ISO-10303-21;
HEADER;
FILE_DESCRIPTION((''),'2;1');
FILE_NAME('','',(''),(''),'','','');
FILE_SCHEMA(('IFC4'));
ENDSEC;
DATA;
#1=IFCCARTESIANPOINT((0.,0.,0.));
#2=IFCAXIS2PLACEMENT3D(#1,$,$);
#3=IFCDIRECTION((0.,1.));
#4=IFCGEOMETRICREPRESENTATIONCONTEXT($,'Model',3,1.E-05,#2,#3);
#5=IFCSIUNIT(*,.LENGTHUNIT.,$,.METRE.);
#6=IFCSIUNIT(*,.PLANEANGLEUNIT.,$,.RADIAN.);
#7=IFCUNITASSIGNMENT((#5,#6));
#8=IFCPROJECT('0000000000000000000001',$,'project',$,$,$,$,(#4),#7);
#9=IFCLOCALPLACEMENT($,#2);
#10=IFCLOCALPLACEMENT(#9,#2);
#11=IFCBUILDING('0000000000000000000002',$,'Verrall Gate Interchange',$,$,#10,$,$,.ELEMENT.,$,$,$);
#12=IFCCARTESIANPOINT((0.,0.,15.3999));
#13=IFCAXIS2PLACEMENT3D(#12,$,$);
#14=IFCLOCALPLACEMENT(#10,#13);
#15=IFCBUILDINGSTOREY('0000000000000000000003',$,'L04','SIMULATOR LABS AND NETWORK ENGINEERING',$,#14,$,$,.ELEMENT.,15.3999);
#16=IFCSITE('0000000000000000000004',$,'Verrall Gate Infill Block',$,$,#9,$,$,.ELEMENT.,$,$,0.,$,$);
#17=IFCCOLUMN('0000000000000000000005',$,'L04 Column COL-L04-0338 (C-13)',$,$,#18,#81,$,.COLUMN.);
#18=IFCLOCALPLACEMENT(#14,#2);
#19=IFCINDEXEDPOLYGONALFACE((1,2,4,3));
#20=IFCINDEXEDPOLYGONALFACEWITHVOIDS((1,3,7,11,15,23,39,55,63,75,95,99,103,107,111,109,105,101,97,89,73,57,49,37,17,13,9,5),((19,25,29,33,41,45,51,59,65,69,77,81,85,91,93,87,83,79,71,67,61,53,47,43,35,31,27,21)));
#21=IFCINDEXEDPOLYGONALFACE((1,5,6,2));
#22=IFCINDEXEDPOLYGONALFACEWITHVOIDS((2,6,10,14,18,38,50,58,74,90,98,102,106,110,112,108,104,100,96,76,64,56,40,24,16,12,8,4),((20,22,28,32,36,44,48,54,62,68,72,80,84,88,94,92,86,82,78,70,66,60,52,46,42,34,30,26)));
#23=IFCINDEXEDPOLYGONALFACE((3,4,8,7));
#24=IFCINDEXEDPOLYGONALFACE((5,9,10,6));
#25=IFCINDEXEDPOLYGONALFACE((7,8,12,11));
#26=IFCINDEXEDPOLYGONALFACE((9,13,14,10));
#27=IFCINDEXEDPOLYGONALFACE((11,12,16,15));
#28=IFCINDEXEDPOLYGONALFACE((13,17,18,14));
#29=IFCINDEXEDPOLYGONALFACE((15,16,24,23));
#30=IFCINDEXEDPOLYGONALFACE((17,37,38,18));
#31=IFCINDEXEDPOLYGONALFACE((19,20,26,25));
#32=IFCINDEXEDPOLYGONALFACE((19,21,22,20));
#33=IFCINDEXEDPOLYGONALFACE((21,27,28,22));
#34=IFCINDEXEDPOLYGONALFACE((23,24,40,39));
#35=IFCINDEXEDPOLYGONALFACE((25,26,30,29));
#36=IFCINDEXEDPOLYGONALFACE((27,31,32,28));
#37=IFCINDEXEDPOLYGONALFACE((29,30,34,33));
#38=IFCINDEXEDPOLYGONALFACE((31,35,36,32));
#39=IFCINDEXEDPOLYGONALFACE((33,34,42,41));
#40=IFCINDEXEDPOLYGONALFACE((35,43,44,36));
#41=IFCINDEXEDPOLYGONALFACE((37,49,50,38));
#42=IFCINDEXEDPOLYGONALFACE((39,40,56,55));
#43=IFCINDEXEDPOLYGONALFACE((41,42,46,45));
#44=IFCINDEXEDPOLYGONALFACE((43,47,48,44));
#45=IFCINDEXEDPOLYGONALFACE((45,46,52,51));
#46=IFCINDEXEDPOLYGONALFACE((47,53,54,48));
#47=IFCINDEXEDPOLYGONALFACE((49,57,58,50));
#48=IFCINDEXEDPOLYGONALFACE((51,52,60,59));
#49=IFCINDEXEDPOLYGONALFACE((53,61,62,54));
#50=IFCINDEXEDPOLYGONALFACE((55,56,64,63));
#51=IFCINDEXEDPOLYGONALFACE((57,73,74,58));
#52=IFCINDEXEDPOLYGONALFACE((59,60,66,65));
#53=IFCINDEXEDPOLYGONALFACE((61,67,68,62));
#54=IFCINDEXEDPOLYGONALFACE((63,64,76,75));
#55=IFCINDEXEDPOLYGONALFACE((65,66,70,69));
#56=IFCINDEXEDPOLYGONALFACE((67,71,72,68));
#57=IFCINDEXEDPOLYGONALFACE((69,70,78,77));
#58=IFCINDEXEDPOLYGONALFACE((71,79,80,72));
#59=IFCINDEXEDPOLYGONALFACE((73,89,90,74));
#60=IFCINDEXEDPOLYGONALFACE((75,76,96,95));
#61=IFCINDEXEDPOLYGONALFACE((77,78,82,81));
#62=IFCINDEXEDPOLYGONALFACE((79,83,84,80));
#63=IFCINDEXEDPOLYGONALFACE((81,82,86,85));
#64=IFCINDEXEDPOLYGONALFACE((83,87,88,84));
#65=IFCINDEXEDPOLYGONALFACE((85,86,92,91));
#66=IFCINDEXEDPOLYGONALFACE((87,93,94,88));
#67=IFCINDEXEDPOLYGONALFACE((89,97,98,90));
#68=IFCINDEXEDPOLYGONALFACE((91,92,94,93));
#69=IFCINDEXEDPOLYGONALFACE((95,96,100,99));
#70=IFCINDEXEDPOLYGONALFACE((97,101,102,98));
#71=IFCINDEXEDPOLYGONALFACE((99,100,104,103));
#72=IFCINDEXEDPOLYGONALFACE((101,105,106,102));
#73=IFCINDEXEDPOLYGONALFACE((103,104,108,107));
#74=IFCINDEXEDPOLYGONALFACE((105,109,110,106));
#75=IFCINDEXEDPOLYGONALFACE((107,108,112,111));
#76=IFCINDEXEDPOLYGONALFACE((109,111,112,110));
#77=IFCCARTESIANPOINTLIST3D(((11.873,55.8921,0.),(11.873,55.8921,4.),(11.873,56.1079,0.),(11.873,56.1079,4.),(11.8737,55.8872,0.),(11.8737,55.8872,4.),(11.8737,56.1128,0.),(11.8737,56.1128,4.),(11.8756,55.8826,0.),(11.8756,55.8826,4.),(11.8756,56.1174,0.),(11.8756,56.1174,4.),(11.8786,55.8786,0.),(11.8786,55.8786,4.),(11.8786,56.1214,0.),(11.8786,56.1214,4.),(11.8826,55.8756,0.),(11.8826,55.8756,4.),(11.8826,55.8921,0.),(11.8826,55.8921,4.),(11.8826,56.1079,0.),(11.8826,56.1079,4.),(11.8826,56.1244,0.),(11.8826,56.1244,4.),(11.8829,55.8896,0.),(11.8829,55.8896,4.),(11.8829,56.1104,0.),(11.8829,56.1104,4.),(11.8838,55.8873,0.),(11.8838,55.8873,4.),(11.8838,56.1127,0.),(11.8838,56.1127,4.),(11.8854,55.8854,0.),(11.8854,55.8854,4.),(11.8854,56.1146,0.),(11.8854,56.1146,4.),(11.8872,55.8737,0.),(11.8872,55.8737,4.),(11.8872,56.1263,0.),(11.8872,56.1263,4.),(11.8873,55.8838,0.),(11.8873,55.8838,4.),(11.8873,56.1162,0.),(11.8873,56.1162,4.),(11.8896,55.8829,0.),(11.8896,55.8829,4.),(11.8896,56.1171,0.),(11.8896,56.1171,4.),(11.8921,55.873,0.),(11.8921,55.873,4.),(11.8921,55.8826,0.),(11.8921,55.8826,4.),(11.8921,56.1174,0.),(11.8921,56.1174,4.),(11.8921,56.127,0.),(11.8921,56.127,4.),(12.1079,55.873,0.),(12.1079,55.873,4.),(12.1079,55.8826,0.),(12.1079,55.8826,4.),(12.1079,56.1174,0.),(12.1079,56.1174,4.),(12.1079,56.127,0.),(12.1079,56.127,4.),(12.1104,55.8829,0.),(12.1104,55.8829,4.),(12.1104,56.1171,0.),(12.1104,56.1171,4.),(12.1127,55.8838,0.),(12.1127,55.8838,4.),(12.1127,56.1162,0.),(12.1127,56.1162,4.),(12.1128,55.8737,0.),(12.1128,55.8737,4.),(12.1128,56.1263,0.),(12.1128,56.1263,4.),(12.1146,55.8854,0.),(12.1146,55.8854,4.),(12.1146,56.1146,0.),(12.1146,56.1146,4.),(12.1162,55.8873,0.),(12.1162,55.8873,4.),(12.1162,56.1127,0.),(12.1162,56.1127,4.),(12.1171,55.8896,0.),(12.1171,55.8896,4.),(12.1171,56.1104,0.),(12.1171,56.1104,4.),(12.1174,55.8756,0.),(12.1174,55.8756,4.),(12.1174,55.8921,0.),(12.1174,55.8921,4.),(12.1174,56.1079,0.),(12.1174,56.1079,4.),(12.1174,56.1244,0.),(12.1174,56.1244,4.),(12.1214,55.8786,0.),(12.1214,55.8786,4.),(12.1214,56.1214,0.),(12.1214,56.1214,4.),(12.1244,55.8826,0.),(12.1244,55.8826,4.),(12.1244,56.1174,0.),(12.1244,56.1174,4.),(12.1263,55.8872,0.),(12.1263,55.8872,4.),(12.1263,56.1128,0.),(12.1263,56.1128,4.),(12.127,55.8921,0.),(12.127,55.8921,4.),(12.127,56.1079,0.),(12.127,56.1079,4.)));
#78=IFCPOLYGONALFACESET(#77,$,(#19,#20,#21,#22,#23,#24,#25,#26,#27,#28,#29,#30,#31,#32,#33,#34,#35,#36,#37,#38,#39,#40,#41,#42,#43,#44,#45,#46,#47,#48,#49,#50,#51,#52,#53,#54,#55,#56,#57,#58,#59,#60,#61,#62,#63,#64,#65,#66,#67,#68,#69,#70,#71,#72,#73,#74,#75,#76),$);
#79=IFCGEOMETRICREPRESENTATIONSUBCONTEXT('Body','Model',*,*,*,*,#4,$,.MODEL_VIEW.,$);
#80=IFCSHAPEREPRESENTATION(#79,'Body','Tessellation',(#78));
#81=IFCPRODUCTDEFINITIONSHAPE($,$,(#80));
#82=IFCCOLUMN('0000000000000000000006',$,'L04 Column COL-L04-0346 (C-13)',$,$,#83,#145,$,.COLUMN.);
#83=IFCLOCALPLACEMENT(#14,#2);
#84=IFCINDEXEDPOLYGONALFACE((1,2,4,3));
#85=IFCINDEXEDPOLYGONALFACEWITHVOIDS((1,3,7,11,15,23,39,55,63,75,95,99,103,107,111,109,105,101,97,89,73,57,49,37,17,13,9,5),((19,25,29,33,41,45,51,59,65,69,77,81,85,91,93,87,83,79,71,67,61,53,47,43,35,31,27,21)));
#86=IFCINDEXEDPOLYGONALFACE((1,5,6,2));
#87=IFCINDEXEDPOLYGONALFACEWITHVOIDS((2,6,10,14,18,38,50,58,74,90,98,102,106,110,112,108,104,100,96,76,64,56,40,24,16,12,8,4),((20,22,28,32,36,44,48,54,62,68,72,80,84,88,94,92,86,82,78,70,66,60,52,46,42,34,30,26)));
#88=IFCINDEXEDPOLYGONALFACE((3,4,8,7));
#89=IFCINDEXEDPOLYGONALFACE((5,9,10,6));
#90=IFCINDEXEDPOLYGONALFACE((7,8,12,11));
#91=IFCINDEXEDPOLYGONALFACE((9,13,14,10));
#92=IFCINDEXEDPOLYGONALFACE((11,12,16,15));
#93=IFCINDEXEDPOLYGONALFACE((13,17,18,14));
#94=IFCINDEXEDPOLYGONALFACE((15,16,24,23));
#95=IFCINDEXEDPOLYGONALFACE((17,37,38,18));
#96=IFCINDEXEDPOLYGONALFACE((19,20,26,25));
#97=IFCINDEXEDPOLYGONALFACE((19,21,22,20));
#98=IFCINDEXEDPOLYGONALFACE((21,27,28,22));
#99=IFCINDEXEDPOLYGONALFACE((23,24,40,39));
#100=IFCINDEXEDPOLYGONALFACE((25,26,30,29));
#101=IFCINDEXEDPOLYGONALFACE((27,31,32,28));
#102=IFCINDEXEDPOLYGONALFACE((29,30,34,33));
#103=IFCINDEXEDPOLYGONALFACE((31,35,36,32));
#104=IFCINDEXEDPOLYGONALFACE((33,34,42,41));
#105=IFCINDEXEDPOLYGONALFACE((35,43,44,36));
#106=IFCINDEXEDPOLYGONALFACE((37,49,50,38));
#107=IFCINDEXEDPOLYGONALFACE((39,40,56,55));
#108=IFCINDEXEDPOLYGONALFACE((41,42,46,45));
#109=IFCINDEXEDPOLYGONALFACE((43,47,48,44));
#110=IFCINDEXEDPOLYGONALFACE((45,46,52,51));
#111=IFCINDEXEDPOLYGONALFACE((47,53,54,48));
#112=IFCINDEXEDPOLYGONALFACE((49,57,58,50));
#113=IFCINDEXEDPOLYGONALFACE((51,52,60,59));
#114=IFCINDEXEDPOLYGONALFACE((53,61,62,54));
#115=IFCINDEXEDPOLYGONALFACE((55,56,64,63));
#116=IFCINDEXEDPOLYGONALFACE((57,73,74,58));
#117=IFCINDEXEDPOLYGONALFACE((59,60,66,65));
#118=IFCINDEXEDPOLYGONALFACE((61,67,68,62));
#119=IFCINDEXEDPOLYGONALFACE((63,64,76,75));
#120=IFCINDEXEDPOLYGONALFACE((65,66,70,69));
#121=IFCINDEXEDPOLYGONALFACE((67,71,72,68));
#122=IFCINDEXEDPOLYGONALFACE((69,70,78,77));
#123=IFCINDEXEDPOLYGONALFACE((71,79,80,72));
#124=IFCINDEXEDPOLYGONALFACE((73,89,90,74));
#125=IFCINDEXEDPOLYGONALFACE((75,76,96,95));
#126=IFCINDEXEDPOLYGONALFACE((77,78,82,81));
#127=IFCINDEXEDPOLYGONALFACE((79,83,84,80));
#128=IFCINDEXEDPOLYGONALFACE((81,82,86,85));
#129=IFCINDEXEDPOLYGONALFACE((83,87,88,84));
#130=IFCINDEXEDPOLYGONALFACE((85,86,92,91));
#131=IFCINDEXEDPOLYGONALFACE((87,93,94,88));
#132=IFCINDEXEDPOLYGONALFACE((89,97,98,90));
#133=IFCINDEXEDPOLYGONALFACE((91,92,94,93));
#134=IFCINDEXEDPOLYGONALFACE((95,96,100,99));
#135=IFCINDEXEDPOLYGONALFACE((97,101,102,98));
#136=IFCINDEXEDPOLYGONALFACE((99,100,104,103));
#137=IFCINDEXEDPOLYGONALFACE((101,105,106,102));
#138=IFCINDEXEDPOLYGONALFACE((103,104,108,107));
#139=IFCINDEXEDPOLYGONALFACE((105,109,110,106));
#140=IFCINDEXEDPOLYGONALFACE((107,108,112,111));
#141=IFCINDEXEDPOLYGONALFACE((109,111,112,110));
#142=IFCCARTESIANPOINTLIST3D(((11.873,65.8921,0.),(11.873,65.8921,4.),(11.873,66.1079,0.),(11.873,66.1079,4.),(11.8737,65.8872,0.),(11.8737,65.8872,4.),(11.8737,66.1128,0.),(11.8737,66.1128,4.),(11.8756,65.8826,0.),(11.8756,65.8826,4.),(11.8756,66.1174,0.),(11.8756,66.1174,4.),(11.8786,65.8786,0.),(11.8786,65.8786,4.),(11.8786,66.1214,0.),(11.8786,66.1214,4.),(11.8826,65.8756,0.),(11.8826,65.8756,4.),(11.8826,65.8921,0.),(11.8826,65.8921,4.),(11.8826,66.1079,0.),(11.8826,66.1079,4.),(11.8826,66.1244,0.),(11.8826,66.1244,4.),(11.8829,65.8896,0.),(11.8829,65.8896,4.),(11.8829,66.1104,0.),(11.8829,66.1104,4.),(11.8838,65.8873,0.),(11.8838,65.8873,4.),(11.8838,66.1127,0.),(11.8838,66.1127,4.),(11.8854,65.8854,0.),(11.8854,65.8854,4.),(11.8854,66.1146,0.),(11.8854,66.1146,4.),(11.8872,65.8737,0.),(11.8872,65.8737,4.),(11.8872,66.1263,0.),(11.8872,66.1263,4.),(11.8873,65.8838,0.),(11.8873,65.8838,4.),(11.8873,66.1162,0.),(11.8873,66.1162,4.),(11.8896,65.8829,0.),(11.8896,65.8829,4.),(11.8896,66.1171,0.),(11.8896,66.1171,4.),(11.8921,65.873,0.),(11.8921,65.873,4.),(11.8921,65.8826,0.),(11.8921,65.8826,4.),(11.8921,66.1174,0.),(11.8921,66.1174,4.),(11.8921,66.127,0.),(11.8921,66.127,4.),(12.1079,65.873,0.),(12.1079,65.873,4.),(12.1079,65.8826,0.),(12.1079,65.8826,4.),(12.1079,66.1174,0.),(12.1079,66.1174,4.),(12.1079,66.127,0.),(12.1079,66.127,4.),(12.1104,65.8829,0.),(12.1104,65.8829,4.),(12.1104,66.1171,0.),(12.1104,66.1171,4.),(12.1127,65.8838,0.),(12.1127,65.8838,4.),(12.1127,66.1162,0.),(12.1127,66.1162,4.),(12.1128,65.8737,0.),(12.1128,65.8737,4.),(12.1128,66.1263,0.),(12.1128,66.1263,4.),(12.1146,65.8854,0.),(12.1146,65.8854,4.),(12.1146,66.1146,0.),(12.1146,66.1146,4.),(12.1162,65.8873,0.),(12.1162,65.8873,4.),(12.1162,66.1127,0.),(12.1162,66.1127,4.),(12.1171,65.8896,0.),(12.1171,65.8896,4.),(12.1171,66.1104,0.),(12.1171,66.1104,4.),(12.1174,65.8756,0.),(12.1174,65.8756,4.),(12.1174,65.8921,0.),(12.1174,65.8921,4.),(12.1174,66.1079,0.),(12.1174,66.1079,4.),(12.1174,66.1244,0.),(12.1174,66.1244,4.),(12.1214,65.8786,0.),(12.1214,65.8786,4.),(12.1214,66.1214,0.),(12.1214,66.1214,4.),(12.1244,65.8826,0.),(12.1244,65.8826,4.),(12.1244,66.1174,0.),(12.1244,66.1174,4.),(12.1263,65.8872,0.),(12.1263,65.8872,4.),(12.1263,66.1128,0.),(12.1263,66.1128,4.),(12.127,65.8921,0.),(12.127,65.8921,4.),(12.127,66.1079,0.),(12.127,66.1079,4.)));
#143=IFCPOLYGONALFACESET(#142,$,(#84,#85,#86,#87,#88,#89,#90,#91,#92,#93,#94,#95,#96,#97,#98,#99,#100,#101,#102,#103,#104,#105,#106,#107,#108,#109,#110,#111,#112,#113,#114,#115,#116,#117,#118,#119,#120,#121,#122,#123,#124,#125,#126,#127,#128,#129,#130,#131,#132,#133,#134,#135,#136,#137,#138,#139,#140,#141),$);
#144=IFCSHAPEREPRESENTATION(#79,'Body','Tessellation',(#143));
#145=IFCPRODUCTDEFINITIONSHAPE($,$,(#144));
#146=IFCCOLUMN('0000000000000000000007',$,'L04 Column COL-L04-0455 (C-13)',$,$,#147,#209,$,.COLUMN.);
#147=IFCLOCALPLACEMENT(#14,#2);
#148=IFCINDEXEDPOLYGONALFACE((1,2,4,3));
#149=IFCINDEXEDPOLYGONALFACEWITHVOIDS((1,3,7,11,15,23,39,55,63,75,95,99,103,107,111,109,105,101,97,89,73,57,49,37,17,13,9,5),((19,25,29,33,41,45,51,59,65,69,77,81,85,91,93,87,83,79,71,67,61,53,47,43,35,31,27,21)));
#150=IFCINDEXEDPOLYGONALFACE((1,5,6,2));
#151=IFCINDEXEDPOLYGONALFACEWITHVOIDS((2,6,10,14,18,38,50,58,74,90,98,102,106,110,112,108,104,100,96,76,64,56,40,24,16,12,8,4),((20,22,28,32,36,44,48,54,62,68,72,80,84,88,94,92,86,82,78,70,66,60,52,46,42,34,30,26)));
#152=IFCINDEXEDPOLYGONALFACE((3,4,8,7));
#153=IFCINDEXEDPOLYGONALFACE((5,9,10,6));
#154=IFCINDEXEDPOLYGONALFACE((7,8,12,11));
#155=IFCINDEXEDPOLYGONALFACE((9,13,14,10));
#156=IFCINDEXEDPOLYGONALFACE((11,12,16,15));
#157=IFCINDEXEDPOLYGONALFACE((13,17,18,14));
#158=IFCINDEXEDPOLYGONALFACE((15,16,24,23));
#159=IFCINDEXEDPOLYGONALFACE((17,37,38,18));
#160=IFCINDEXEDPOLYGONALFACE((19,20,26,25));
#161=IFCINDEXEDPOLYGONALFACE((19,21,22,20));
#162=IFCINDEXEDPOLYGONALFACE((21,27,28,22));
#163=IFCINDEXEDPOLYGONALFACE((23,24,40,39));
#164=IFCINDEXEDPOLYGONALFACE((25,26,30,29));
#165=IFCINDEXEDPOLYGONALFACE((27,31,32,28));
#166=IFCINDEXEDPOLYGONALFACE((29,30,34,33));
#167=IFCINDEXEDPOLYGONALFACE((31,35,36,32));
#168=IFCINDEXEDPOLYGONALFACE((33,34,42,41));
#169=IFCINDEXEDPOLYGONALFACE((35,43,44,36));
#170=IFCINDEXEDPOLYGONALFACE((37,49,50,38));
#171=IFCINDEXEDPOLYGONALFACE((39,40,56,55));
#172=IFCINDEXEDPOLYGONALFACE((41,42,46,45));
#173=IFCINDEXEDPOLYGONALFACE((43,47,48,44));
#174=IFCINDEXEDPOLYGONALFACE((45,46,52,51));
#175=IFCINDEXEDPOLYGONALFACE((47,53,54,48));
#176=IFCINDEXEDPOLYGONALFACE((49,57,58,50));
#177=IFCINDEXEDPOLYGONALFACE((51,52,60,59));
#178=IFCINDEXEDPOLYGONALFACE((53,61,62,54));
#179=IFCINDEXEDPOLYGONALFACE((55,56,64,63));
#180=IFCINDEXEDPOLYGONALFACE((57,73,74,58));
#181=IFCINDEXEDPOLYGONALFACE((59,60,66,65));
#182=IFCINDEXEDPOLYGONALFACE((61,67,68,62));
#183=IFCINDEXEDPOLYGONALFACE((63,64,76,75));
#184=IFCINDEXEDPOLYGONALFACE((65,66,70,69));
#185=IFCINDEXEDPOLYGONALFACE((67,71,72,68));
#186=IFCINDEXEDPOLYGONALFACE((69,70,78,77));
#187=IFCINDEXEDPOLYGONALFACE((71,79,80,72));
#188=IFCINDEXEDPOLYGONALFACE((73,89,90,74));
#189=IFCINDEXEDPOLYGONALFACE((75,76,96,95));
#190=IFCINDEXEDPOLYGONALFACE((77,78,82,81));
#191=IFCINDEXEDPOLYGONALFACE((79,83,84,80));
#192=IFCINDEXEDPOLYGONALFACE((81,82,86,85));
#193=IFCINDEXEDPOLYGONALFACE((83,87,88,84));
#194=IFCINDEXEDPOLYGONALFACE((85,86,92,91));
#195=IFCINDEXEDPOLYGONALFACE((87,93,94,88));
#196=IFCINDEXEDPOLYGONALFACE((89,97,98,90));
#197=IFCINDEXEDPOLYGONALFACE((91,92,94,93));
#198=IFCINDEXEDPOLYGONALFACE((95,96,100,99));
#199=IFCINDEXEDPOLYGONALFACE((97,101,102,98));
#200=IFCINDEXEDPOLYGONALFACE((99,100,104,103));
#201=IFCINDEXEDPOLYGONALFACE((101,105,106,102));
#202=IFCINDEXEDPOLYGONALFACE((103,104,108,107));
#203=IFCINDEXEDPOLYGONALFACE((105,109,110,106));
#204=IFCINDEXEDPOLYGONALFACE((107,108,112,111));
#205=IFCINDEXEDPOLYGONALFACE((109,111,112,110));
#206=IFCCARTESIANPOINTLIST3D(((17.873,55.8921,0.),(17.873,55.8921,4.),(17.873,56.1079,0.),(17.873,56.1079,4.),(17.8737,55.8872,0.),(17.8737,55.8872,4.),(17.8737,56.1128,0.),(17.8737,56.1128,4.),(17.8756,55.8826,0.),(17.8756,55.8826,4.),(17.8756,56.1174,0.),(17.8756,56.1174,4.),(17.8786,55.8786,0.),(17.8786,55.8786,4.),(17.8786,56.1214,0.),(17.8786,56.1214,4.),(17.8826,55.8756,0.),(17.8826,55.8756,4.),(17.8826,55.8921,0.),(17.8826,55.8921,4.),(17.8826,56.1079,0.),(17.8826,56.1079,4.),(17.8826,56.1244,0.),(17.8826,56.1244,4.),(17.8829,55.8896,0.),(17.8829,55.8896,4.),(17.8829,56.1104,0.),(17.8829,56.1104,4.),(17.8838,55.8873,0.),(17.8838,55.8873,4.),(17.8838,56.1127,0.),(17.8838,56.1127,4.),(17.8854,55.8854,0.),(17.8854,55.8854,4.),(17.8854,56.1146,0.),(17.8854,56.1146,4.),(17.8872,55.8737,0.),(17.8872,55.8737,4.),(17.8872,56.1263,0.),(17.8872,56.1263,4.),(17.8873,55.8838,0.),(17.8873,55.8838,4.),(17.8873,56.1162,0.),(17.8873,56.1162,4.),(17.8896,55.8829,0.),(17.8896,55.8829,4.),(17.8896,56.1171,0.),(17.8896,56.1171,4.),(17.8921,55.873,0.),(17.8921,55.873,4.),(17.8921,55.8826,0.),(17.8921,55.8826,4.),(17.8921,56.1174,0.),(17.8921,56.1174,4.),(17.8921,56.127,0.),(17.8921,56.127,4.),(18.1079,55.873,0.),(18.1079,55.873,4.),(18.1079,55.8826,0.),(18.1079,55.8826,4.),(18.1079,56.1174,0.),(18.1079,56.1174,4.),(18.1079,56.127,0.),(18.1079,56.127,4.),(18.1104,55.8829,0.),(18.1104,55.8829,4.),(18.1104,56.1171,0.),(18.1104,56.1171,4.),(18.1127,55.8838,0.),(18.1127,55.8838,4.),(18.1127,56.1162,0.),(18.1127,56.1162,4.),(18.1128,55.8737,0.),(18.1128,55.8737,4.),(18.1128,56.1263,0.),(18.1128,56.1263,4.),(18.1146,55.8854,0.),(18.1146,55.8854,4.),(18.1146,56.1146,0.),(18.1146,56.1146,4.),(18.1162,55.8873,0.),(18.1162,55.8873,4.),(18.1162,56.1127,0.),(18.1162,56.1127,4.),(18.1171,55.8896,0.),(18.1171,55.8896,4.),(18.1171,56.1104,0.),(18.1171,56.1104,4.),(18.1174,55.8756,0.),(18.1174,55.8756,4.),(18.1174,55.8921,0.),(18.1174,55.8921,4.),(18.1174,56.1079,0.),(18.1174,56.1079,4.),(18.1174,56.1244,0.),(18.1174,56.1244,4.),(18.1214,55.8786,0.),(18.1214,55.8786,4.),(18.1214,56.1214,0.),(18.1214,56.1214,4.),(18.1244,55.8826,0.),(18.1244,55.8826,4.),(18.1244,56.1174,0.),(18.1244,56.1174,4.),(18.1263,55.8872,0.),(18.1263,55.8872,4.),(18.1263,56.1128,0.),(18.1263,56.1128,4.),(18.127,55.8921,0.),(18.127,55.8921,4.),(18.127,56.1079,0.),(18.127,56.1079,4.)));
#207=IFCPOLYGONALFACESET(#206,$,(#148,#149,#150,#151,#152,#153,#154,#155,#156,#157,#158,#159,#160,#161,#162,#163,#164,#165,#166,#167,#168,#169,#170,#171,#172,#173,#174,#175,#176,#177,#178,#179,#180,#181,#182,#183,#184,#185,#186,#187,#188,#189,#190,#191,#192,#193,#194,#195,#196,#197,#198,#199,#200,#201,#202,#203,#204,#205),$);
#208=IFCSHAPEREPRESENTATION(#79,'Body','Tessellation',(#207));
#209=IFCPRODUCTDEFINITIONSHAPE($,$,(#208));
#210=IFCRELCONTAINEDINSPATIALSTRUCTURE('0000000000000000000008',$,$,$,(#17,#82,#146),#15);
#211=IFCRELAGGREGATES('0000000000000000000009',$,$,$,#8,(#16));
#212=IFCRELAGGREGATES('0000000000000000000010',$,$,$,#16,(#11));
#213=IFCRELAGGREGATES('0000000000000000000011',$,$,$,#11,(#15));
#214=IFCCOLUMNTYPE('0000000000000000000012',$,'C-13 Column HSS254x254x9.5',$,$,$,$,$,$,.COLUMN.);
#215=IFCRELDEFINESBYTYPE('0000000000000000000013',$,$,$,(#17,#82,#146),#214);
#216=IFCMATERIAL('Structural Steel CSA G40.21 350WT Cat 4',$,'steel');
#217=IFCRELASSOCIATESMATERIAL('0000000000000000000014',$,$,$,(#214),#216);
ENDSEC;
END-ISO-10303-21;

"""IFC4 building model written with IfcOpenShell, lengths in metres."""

from ifc_helpers import new_model, si_unit, direction, frame, origin, origin_2d, place, context, subcontext, project, spatial, hollow_rectangle, extrude, material, material_profile, profile_set, type_object, element, save


model = new_model("IFC4")

# Units and contexts
model_context = context("Model", 3, precision=1e-05, world=origin(), true_north=direction((0.0, 1.0)))
body_context = subcontext(model_context, "Body", "Model", "MODEL_VIEW")
ifc_project = project(units=[si_unit("LENGTHUNIT", "METRE"), si_unit("PLANEANGLEUNIT", "RADIAN")], contexts=[model_context])

# Site, building, storey
site_placement = place(None, origin())
site = spatial("IfcSite", under=ifc_project, at=site_placement, Name="Verrall Gate Infill Block", CompositionType="ELEMENT", RefElevation=0.0)
building_placement = place(site_placement, origin())
building = spatial("IfcBuilding", under=site, at=building_placement, Name="Verrall Gate Interchange", CompositionType="ELEMENT")
storey_placement = place(building_placement, frame((0.0, 0.0, 15.3999)))
storey = spatial("IfcBuildingStorey", under=building, at=storey_placement, Name="L04", Description="SIMULATOR LABS AND NETWORK ENGINEERING", CompositionType="ELEMENT", Elevation=15.3999)

# Columns
ifc_material_1 = material(Name="Structural Steel CSA G40.21 350WT Cat 4", Category="steel")
ifc_material_profile_1 = material_profile(ifc_material_1, hollow_rectangle(XDim=0.2539, YDim=0.2539, WallThickness=0.0095, InnerFilletRadius=0.0095, OuterFilletRadius=0.019, at=origin_2d()), Name="HSS254x254x9.5")
ifc_profile_set_1 = profile_set([ifc_material_profile_1], Name="Structural Steel CSA G40.21 350WT Cat 4")
column_type = type_object("IfcColumnType", Name="C-13 Column HSS254x254x9.5", PredefinedType="COLUMN", material=ifc_profile_set_1)
for number, where, z_axis, x_axis, name in (
    (1, (12.0, 56.0, 0.0), (0.0, 0.0, 1.0), (1.0, 0.0, 0.0), "L04 Column COL-L04-0338 (C-13)"),
    (2, (12.0, 66.0, 0.0), (0.0, 0.0, 1.0), (1.0, 0.0, 0.0), "L04 Column COL-L04-0346 (C-13)"),
    (3, (18.0, 56.0, 0.0), (0.0, 0.0, 1.0), (1.0, 0.0, 0.0), "L04 Column COL-L04-0455 (C-13)"),
):
    element("IfcColumn", number, at=place(storey_placement, frame(where, z_axis=z_axis, x_axis=x_axis)), inside=storey, type_object=column_type, Name=name, PredefinedType="COLUMN", context=body_context, shape_type="SweptSolid", body=[
        extrude(hollow_rectangle(XDim=0.2539, YDim=0.2539, WallThickness=0.0095, InnerFilletRadius=0.0095, OuterFilletRadius=0.019, at=origin_2d()), origin(), (0.0, 0.0, 1.0), 4.0),
    ])

save(model, "model.ifc")
